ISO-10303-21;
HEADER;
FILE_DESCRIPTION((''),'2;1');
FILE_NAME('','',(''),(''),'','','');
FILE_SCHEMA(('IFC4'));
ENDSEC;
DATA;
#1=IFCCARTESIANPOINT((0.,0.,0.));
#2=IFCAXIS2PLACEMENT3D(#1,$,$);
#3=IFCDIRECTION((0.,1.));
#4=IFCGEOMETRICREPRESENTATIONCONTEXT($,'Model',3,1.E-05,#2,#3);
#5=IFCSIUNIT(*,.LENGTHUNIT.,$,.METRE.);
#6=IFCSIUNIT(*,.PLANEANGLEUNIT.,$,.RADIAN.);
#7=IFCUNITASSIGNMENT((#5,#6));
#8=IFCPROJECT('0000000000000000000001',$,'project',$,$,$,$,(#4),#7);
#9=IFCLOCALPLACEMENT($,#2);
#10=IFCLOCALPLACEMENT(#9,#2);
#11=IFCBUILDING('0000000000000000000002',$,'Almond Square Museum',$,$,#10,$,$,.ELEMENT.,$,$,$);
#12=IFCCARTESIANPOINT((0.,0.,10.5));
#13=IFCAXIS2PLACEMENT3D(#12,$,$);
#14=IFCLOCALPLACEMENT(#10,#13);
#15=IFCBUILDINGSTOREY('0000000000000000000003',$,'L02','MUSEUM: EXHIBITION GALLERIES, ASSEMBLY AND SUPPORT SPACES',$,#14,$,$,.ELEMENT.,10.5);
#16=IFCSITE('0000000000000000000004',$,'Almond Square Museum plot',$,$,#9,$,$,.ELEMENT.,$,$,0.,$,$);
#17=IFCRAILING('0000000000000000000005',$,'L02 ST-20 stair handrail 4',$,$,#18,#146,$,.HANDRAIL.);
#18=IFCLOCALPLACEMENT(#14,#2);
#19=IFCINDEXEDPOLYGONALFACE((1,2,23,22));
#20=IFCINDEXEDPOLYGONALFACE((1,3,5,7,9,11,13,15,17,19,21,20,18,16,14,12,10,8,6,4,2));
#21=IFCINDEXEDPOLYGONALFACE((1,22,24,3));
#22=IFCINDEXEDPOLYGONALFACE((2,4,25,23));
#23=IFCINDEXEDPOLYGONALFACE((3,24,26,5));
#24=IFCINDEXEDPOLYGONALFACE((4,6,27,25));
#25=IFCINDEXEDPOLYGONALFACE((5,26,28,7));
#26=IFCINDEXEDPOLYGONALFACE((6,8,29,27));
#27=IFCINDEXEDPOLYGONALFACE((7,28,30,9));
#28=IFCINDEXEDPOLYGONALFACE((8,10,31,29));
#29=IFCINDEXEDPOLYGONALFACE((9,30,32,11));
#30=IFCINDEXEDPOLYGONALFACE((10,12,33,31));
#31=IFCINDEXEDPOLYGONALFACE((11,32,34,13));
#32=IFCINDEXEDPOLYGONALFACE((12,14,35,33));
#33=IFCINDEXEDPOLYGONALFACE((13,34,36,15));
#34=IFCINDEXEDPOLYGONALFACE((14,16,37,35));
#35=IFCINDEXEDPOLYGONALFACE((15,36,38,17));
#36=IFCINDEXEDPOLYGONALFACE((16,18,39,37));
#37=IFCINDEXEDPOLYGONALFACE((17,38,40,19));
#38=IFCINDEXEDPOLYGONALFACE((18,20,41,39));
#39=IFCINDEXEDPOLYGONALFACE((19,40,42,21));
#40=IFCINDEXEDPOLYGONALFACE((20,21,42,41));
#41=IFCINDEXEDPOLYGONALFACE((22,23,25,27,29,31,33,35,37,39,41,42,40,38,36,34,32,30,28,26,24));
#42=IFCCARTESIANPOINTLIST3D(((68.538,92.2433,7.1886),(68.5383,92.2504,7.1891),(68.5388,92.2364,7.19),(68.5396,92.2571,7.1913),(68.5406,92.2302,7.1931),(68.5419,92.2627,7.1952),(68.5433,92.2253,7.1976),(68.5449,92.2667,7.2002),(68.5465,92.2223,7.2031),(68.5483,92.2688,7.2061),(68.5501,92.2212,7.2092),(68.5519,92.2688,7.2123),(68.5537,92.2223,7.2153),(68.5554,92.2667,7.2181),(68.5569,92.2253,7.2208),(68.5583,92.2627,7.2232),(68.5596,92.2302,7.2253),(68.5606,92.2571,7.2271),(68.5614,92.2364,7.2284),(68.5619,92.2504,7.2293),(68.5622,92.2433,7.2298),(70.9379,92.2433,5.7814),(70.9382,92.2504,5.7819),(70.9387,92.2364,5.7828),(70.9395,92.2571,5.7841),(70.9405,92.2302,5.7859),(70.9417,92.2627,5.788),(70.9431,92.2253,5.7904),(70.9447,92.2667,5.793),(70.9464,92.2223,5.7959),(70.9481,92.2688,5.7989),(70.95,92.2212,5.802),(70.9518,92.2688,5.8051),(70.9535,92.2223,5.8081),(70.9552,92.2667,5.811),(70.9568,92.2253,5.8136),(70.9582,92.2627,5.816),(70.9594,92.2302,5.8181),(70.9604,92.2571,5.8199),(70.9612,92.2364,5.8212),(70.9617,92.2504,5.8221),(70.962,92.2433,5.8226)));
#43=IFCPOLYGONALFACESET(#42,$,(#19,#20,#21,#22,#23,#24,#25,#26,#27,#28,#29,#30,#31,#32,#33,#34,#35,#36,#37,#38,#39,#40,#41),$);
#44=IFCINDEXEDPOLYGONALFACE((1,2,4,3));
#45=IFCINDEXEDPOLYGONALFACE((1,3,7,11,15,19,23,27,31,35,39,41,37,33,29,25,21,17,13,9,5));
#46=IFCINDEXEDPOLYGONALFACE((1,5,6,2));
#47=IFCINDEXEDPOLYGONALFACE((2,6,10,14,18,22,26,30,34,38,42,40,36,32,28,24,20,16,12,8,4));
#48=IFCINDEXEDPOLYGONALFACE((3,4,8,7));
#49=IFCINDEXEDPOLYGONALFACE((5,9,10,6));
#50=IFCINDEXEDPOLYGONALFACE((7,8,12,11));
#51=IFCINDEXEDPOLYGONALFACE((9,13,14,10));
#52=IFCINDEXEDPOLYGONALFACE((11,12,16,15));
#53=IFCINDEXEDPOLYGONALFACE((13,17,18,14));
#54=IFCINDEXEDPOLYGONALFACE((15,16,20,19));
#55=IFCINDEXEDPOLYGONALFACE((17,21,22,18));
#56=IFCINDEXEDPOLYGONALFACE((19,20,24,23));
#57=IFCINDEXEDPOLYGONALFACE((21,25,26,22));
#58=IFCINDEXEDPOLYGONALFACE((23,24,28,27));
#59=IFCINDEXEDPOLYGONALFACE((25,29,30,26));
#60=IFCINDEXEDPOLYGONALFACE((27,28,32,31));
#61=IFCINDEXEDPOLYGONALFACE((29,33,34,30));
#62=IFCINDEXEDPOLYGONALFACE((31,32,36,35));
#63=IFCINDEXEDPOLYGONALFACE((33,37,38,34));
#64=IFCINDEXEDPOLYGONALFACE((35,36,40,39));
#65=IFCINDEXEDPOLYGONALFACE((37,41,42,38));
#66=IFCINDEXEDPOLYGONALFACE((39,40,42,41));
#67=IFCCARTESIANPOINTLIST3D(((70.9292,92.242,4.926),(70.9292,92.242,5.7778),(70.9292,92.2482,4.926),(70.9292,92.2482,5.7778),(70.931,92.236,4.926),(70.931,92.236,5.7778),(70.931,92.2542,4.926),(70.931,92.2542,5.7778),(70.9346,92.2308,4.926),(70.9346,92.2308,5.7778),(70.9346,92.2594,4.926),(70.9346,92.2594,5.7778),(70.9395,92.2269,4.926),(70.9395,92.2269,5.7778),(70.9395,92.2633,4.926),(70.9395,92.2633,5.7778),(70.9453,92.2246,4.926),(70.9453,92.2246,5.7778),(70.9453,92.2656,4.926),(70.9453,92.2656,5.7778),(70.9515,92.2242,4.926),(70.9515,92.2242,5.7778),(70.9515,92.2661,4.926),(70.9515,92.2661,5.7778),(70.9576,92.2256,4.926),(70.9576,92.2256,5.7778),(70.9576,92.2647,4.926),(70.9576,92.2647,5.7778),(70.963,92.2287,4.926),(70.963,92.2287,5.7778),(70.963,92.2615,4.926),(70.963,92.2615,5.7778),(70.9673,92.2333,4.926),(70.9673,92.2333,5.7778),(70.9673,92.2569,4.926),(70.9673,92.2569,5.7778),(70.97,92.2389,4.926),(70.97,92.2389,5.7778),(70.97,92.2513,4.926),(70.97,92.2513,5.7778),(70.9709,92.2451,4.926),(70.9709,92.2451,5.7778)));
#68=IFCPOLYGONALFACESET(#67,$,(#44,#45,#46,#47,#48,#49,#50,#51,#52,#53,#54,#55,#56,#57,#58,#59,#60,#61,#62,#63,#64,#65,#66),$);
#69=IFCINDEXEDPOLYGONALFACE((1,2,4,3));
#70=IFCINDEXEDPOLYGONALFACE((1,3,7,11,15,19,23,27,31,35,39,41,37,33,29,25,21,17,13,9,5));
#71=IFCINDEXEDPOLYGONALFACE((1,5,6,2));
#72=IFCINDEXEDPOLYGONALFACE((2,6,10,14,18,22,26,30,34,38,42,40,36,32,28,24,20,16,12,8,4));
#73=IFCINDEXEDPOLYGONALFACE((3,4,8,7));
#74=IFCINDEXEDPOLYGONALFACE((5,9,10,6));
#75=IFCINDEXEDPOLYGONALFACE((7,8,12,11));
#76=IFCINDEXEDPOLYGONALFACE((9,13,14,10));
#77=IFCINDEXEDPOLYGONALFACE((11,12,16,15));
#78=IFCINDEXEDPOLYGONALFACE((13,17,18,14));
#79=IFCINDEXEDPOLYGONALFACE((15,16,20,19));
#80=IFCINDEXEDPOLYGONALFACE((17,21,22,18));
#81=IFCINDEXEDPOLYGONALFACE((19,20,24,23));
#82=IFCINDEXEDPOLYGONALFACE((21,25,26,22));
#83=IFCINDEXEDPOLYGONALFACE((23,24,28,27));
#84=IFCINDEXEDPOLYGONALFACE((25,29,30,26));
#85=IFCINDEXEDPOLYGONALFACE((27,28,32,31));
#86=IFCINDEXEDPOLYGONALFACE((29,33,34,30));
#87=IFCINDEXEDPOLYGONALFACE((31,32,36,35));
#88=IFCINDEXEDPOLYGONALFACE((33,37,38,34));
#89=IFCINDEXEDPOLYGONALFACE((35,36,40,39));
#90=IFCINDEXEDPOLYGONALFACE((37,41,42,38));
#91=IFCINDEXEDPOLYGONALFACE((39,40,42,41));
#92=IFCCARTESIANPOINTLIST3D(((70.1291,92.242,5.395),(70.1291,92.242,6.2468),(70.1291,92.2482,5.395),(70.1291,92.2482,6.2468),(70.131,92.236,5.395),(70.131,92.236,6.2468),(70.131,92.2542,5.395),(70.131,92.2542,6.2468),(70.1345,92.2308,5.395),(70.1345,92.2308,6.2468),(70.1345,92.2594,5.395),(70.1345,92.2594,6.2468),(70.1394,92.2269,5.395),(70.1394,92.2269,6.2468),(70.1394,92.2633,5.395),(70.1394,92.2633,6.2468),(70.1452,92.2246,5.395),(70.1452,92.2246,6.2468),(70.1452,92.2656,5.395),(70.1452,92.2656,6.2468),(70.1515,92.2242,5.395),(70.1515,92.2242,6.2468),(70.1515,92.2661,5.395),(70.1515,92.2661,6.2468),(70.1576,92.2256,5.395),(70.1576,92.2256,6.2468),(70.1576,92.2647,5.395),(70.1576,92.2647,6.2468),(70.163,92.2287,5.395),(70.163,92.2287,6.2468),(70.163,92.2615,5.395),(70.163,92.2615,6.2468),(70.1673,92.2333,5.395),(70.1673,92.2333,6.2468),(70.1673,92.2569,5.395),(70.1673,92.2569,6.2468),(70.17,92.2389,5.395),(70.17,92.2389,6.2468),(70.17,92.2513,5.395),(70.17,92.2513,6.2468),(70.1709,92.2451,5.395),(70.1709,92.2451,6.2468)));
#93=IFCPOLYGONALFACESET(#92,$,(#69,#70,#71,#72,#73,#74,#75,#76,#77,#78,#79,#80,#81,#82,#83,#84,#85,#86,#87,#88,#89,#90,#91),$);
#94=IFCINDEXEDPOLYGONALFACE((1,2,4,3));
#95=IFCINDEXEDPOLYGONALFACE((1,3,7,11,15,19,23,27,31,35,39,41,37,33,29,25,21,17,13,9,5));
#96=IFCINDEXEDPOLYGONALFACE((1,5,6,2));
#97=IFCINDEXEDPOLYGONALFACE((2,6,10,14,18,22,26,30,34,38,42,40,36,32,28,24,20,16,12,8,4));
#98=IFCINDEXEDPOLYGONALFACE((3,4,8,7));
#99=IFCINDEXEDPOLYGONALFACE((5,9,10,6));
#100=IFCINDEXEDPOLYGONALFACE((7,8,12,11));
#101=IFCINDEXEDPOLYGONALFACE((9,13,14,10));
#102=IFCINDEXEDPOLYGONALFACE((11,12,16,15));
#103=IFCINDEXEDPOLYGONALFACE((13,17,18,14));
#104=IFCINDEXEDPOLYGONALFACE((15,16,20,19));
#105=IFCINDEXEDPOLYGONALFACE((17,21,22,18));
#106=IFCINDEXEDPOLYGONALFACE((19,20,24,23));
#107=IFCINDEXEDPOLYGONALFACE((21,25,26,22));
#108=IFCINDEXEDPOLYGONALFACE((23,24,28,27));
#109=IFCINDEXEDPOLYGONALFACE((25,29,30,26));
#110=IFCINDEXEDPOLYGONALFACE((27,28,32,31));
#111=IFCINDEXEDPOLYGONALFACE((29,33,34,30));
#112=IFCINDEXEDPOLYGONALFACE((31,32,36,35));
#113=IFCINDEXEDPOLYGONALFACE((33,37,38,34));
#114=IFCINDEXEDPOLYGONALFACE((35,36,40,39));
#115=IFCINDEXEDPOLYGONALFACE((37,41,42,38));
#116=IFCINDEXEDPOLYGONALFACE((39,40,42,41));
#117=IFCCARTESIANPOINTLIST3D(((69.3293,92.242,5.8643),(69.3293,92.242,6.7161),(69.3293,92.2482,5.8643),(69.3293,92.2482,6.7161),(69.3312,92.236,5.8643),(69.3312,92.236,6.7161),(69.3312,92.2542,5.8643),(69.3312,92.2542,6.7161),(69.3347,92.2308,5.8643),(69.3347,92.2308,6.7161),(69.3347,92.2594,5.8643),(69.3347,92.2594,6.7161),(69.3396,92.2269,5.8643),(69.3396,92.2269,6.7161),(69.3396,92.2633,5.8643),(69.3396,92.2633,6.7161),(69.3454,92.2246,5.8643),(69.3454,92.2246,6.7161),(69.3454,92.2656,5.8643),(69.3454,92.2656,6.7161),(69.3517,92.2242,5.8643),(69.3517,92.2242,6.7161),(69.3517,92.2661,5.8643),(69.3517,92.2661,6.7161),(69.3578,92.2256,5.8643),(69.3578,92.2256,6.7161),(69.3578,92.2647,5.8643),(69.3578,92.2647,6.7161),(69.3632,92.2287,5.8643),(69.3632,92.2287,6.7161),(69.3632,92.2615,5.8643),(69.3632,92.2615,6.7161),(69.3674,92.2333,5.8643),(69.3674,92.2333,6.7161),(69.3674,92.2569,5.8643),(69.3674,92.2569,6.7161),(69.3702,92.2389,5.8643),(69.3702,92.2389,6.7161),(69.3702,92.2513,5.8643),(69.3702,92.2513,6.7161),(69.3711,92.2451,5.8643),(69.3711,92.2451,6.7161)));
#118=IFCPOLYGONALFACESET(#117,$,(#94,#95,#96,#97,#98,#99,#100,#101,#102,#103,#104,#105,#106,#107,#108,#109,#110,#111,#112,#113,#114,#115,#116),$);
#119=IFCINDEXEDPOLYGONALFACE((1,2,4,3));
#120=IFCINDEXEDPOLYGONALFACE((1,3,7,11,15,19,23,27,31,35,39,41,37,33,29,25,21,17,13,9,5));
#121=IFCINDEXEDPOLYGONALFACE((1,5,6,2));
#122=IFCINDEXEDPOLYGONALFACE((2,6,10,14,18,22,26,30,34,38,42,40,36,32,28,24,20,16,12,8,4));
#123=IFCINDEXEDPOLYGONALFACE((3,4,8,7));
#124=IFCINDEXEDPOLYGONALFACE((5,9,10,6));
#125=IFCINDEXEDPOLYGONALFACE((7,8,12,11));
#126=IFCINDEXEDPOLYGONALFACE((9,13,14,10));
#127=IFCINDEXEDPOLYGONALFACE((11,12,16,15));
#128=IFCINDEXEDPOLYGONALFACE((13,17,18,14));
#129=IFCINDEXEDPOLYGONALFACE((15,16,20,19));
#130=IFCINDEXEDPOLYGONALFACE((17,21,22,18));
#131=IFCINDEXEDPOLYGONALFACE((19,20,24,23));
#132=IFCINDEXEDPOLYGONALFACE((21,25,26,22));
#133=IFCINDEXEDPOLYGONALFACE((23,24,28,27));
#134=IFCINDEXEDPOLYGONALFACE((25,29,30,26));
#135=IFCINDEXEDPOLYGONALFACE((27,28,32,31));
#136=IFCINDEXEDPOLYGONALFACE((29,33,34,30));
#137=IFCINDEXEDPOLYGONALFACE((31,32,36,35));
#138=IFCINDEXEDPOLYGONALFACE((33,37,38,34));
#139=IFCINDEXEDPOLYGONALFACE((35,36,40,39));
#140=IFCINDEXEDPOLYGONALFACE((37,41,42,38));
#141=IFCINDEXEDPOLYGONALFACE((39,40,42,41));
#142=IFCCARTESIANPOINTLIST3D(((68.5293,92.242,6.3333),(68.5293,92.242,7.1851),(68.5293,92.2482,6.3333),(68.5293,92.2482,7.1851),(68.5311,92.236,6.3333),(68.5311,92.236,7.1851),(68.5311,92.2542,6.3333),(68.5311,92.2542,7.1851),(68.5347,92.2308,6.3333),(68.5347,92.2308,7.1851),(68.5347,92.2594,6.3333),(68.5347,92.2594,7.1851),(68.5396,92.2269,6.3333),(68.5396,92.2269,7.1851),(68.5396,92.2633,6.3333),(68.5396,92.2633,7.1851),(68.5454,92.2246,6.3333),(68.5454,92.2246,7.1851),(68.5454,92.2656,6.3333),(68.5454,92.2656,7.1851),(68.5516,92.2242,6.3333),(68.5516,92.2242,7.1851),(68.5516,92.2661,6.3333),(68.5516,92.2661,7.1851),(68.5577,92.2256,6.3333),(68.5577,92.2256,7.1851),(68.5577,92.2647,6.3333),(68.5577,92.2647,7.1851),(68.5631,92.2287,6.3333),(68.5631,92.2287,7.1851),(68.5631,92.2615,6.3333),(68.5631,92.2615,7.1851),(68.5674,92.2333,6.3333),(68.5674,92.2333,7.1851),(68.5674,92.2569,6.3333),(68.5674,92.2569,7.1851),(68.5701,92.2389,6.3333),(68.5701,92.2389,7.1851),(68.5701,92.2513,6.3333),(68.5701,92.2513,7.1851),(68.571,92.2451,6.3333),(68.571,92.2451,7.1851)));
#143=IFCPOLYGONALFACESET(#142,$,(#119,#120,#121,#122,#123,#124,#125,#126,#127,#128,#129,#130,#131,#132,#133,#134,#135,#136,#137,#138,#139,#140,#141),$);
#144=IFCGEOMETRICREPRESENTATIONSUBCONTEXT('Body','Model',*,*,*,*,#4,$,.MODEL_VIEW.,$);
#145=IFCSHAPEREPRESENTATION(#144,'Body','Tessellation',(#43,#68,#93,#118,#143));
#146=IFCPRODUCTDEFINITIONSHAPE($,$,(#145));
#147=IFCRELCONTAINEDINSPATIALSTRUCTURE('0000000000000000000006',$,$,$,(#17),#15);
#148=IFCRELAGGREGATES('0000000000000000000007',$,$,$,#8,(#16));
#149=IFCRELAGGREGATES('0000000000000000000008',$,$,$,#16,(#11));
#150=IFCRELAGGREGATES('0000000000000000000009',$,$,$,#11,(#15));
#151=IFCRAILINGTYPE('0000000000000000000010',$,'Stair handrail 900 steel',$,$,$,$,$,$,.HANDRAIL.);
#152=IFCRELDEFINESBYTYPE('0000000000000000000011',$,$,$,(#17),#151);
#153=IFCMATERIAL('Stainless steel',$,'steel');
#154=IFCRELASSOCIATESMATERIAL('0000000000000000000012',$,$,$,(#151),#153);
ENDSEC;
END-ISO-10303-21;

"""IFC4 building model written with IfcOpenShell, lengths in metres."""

from ifc_helpers import new_model, si_unit, direction, frame, origin, origin_2d, place, context, subcontext, project, spatial, circle, extrude, material, type_object, element, save


model = new_model("IFC4")

# Units and contexts
model_context = context("Model", 3, precision=1e-05, world=origin(), true_north=direction((0.0, 1.0)))
body_context = subcontext(model_context, "Body", "Model", "MODEL_VIEW")
ifc_project = project(units=[si_unit("LENGTHUNIT", "METRE"), si_unit("PLANEANGLEUNIT", "RADIAN")], contexts=[model_context])

# Site, building, storey
site_placement = place(None, origin())
site = spatial("IfcSite", under=ifc_project, at=site_placement, Name="Almond Square Museum plot", CompositionType="ELEMENT", RefElevation=0.0)
building_placement = place(site_placement, origin())
building = spatial("IfcBuilding", under=site, at=building_placement, Name="Almond Square Museum", CompositionType="ELEMENT")
storey_placement = place(building_placement, frame((0.0, 0.0, 10.5)))
storey = spatial("IfcBuildingStorey", under=building, at=storey_placement, Name="L02", Description="MUSEUM: EXHIBITION GALLERIES, ASSEMBLY AND SUPPORT SPACES", CompositionType="ELEMENT", Elevation=10.5)

# Railing
ifc_material_1 = material(Name="Stainless steel", Category="steel")
railing_type_1 = type_object("IfcRailingType", Name="Stair handrail 900 steel", PredefinedType="HANDRAIL", material=ifc_material_1)
railing_1_placement = place(storey_placement, frame((70.95, 92.2451, 4.926)))
element("IfcRailing", 1, at=railing_1_placement, inside=storey, type_object=railing_type_1, Name="L02 ST-20 stair handrail 4", PredefinedType="HANDRAIL", context=body_context, shape_type="SweptSolid", body=[
    extrude(circle(Radius=0.0239, at=origin_2d()), frame((0.0, 0.0, 0.876), z_axis=(-0.862637, 0.0, 0.505823), x_axis=(0.0, -1.0, 0.0)), (0.0, 0.0, 1.0), 2.782),
    extrude(circle(Radius=0.021, at=origin_2d()), origin(), (0.0, 0.0, 1.0), 0.8518),
    extrude(circle(Radius=0.021, at=origin_2d()), frame((-0.8, 0.0, 0.469)), (0.0, 0.0, 1.0), 0.8518),
    extrude(circle(Radius=0.021, at=origin_2d()), frame((-1.5999, 0.0, 0.9382)), (0.0, 0.0, 1.0), 0.8518),
    extrude(circle(Radius=0.021, at=origin_2d()), frame((-2.3999, 0.0, 1.4072)), (0.0, 0.0, 1.0), 0.8518),
])

save(model, "model.ifc")
